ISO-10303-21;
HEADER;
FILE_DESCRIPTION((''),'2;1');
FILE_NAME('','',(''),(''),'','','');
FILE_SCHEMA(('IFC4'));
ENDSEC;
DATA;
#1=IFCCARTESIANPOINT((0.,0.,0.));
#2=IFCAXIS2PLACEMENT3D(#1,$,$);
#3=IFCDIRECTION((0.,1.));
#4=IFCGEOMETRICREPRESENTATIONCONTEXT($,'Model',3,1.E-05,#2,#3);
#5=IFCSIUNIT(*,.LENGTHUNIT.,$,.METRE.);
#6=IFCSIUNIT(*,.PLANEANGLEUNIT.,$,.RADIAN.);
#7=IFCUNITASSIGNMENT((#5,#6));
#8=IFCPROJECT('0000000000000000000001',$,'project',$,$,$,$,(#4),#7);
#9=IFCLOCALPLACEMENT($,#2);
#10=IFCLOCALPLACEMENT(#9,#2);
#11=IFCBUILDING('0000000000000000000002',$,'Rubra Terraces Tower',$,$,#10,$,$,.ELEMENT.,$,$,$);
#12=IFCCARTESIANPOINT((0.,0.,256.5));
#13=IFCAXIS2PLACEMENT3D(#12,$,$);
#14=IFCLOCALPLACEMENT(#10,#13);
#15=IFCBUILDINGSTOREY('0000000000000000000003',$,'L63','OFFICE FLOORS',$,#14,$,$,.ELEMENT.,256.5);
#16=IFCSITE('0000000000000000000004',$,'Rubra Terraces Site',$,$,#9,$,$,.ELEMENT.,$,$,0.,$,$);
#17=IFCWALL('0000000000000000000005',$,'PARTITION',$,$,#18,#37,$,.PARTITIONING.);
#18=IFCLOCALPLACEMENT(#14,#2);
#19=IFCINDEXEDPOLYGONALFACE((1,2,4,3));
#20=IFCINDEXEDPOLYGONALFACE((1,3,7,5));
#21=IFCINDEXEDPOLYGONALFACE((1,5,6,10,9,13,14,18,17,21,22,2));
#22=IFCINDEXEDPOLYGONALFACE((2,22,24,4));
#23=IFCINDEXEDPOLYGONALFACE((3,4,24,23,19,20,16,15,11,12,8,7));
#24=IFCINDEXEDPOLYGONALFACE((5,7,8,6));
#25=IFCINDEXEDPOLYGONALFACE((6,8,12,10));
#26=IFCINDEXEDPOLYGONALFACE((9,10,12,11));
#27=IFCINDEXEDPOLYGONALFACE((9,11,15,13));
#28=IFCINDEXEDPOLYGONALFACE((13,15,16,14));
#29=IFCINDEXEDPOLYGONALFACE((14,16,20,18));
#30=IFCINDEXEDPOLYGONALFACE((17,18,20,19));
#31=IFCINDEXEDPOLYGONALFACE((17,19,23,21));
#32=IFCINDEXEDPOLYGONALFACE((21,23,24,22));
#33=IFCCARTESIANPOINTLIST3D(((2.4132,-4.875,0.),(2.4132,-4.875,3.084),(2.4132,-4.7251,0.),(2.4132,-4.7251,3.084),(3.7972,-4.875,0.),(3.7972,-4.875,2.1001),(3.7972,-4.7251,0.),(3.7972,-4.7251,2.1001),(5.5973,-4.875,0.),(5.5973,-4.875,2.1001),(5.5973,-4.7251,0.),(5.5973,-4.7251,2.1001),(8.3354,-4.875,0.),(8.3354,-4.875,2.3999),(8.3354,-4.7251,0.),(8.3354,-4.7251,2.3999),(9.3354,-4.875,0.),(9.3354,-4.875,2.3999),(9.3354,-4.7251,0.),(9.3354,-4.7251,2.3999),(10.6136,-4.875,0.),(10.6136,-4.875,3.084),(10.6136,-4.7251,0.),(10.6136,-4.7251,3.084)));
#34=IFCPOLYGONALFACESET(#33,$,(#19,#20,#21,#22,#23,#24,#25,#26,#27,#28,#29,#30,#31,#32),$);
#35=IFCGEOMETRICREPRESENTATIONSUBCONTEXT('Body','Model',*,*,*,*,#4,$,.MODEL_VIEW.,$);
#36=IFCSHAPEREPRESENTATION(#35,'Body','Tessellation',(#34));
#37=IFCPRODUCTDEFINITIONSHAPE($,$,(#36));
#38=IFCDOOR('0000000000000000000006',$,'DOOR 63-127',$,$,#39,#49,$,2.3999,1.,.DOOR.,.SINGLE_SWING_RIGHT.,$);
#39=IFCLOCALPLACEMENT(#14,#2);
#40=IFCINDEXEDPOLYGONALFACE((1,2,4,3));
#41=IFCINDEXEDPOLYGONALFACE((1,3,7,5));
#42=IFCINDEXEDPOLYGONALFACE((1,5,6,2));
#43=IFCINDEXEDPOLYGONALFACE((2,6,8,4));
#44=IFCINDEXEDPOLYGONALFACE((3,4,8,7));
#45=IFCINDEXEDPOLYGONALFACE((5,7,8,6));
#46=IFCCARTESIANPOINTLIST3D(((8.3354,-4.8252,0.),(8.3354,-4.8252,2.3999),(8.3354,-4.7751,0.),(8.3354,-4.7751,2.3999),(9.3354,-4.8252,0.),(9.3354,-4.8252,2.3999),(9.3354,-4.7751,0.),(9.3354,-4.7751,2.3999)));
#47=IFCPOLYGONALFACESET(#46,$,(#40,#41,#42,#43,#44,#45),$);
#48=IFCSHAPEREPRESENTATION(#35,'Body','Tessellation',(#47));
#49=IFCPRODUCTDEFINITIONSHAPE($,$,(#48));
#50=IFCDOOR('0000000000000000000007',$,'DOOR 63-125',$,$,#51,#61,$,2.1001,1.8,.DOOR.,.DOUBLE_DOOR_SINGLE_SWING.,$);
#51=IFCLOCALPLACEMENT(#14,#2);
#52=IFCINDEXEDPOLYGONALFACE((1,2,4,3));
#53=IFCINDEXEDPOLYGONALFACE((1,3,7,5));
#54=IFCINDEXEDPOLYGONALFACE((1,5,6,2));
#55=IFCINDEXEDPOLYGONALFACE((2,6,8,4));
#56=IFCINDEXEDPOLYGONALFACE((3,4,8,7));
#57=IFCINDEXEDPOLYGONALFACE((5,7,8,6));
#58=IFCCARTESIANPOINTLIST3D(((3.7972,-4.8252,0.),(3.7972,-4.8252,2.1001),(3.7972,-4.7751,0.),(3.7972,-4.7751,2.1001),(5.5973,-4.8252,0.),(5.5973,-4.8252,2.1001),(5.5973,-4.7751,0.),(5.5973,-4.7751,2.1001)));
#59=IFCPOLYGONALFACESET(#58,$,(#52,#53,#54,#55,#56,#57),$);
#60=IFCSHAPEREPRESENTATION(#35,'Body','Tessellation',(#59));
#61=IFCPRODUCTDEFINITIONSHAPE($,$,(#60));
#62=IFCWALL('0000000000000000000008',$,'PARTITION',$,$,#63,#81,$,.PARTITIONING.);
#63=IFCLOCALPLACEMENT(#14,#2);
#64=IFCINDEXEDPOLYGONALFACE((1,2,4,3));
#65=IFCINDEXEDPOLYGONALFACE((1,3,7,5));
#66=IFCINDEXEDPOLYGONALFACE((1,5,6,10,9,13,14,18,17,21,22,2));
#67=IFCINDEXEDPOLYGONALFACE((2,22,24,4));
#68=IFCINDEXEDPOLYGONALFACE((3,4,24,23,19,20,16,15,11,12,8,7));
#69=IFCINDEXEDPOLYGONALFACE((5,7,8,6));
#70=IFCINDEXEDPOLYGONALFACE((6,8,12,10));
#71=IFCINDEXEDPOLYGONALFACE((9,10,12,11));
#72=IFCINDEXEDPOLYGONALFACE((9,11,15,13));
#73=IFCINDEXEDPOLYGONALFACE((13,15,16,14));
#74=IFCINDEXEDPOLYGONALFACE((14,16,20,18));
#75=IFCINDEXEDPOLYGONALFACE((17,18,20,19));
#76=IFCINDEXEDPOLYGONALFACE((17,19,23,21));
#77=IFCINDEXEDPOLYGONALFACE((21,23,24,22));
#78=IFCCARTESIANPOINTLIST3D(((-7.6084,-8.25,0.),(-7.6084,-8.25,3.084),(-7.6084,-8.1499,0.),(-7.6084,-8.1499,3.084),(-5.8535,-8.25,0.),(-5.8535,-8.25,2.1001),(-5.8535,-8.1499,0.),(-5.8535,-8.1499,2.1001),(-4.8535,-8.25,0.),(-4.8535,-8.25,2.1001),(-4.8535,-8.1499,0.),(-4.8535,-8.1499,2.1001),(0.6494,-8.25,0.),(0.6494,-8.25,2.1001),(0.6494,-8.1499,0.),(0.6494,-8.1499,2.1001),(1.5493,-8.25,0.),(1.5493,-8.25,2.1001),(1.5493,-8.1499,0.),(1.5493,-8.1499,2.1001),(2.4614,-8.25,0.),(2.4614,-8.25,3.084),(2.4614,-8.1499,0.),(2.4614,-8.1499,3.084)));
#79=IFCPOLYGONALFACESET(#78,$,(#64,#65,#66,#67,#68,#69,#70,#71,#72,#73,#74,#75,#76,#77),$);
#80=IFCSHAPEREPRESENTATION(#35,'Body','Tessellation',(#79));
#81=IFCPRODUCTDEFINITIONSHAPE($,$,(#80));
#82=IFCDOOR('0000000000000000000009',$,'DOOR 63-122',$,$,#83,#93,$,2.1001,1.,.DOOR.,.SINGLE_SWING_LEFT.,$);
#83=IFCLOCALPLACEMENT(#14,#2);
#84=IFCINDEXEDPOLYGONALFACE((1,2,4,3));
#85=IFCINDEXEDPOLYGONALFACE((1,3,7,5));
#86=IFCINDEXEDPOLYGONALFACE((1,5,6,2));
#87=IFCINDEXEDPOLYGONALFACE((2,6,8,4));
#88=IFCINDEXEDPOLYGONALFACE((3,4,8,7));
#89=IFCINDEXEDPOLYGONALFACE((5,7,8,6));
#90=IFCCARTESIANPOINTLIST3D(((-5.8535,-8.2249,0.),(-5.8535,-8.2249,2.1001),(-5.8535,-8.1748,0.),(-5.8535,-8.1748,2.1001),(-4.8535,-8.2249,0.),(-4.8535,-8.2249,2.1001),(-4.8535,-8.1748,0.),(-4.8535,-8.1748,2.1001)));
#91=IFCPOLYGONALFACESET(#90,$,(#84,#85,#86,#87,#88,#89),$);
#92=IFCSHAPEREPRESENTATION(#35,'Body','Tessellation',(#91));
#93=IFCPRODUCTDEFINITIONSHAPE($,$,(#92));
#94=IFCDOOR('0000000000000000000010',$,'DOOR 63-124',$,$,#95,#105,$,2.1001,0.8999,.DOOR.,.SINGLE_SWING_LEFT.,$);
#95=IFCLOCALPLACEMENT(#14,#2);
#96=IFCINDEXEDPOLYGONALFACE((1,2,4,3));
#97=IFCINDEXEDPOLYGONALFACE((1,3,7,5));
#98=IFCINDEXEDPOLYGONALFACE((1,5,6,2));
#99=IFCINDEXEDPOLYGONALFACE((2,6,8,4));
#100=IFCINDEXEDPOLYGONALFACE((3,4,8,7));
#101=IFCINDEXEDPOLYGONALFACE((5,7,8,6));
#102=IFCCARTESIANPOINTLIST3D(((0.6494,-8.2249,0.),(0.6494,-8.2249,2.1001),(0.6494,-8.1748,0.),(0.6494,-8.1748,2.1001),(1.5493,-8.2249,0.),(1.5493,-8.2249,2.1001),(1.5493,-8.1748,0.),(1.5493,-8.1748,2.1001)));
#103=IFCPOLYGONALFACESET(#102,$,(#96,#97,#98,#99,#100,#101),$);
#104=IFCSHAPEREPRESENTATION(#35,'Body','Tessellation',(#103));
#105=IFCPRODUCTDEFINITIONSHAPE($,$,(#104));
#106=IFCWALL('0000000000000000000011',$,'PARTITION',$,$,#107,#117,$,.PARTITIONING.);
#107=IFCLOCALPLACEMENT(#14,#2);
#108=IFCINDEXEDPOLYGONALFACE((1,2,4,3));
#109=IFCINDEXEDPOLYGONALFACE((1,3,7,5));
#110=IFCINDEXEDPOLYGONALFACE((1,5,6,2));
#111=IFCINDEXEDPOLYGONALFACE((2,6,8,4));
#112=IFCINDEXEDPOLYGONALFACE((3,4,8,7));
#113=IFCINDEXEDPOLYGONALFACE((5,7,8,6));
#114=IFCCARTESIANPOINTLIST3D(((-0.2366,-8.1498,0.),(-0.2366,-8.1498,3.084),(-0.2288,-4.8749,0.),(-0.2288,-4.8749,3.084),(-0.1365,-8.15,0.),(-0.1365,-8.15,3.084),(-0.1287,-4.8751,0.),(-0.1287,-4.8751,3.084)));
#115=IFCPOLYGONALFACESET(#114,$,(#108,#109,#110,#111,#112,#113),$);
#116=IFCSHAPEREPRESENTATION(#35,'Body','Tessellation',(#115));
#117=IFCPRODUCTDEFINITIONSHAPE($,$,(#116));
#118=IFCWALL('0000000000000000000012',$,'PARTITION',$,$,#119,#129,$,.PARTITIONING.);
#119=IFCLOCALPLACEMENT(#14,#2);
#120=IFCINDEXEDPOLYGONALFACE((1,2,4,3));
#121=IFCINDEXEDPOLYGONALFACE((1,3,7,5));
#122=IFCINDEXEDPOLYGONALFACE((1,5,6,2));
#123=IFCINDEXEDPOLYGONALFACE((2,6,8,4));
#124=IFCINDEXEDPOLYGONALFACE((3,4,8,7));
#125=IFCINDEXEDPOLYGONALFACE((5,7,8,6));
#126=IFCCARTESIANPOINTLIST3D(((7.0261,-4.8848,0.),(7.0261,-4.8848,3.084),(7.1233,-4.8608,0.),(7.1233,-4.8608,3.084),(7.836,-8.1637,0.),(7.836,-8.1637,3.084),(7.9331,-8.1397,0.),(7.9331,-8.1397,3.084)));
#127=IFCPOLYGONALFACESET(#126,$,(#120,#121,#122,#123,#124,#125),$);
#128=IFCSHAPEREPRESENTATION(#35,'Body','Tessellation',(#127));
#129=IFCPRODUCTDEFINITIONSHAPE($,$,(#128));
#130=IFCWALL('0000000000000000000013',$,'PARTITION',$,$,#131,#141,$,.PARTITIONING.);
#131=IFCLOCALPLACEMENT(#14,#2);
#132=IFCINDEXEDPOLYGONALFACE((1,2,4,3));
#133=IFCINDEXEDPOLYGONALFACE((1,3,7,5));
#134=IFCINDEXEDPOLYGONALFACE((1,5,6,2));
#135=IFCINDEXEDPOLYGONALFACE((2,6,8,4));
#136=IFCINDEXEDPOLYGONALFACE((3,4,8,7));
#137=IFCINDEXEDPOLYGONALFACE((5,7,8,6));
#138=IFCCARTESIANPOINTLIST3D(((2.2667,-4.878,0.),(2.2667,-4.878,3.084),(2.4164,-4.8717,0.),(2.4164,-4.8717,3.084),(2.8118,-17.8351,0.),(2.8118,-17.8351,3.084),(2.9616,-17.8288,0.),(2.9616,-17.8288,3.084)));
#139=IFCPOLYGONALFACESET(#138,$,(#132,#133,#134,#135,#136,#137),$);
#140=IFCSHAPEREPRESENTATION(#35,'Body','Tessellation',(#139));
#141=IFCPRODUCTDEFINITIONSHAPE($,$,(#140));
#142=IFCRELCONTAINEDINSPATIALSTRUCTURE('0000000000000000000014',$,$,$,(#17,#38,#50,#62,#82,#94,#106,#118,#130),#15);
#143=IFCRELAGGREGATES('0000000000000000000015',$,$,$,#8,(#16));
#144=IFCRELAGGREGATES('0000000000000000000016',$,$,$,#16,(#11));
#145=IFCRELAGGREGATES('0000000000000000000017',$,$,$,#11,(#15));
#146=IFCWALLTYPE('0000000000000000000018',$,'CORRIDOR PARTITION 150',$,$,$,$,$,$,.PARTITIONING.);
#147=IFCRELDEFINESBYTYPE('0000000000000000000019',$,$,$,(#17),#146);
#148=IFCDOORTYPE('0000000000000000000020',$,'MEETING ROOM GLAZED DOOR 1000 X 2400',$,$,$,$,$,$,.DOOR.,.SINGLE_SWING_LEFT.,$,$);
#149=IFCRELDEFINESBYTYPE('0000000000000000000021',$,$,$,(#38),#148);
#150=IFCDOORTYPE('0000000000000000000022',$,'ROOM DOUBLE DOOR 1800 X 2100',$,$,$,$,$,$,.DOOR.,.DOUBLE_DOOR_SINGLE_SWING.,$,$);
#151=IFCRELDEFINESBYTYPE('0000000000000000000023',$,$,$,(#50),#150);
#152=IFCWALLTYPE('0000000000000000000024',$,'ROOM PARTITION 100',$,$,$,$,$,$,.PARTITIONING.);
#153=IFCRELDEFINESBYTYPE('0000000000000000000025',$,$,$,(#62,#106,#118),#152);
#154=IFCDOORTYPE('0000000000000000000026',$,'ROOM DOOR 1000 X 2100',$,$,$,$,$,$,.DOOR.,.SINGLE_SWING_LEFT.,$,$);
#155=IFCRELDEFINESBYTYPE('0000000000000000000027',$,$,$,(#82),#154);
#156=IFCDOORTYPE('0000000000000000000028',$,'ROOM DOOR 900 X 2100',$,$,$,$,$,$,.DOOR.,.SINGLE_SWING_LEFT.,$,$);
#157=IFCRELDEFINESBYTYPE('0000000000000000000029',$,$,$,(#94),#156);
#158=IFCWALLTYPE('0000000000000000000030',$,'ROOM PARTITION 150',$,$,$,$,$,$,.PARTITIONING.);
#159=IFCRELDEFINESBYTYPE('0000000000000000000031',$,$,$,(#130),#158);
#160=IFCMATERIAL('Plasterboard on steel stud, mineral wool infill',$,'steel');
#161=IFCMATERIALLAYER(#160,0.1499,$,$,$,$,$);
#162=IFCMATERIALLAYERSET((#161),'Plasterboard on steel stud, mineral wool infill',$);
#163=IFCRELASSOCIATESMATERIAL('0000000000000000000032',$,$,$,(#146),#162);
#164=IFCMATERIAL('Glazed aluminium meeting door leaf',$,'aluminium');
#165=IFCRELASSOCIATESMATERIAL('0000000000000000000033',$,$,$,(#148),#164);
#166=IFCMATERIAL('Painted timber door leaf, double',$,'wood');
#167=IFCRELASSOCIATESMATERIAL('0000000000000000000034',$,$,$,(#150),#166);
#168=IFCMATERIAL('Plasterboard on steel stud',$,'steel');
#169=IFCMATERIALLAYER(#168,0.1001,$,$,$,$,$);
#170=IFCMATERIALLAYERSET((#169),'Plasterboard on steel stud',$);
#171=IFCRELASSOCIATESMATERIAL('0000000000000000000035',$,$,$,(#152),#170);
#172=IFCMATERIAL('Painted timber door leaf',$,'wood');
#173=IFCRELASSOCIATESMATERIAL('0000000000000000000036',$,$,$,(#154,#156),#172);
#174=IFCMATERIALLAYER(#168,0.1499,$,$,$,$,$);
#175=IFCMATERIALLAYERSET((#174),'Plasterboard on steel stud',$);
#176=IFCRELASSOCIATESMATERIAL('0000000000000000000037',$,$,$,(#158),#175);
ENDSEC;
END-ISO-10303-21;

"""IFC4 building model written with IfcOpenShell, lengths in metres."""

from ifc_helpers import new_model, si_unit, direction, frame, frame_2d, origin, place, context, subcontext, project, spatial, rectangle, extrude, material, layer, layer_set, type_object, element, fill, save


model = new_model("IFC4")

# Units and contexts
model_context = context("Model", 3, precision=1e-05, world=origin(), true_north=direction((0.0, 1.0)))
body_context = subcontext(model_context, "Body", "Model", "MODEL_VIEW")
ifc_project = project(units=[si_unit("LENGTHUNIT", "METRE"), si_unit("PLANEANGLEUNIT", "RADIAN")], contexts=[model_context])

# Site, building, storey
site_placement = place(None, origin())
site = spatial("IfcSite", under=ifc_project, at=site_placement, Name="Rubra Terraces Site", CompositionType="ELEMENT", RefElevation=0.0)
building_placement = place(site_placement, origin())
building = spatial("IfcBuilding", under=site, at=building_placement, Name="Rubra Terraces Tower", CompositionType="ELEMENT")
storey_placement = place(building_placement, frame((0.0, 0.0, 256.5)))
storey = spatial("IfcBuildingStorey", under=building, at=storey_placement, Name="L63", Description="OFFICE FLOORS", CompositionType="ELEMENT", Elevation=256.5)

# Walls, openings, doors
ifc_material_1 = material(Name="Plasterboard on steel stud, mineral wool infill", Category="steel")
ifc_layer_1 = layer(ifc_material_1, 0.1499)
ifc_layer_set_1 = layer_set([ifc_layer_1], Name="Plasterboard on steel stud, mineral wool infill")
wall_type_1 = type_object("IfcWallType", Name="CORRIDOR PARTITION 150", PredefinedType="PARTITIONING", material=ifc_layer_set_1)
wall_1_placement = place(storey_placement, frame((2.4133, -4.8, 0.0), z_axis=(0.0, 0.0, 1.0), x_axis=(1.0, 0.0, 0.0)))
wall_1 = element("IfcWall", 1, at=wall_1_placement, inside=storey, type_object=wall_type_1, Name="PARTITION", PredefinedType="PARTITIONING", context=body_context, shape_type="SweptSolid", body=[
    extrude(rectangle(XDim=8.2004, YDim=0.1499, at=frame_2d((4.1001, 0.0))), origin(), (0.0, 0.0, 1.0), 3.084),
])
opening_1_placement = place(wall_1_placement, frame((1.384, 0.0, 0.0)))
opening_1 = element("IfcOpeningElement", 2, at=opening_1_placement, cuts=wall_1, PredefinedType="OPENING", context=body_context, shape_type="SweptSolid", body=[
    extrude(rectangle(XDim=1.8, YDim=2.1001, at=frame_2d((0.8999, 1.05))), frame((0.0, 0.085, 0.0), z_axis=(0.0, -1.0, 0.0), x_axis=(1.0, 0.0, 0.0)), (0.0, 0.0, 1.0), 0.1699),
])
opening_2_placement = place(wall_1_placement, frame((5.9221, 0.0, 0.0)))
opening_2 = element("IfcOpeningElement", 3, at=opening_2_placement, cuts=wall_1, PredefinedType="OPENING", context=body_context, shape_type="SweptSolid", body=[
    extrude(rectangle(XDim=1.0, YDim=2.3999, at=frame_2d((0.5, 1.2))), frame((0.0, 0.085, 0.0), z_axis=(0.0, -1.0, 0.0), x_axis=(1.0, 0.0, 0.0)), (0.0, 0.0, 1.0), 0.1699),
])
ifc_material_2 = material(Name="Glazed aluminium meeting door leaf", Category="aluminium")
door_type_1 = type_object("IfcDoorType", Name="MEETING ROOM GLAZED DOOR 1000 X 2400", OperationType="SINGLE_SWING_LEFT", PredefinedType="DOOR", material=ifc_material_2)
door_1_placement = place(opening_2_placement, origin())
door_1 = element("IfcDoor", 4, at=door_1_placement, inside=storey, type_object=door_type_1, Name="DOOR 63-127", OperationType="SINGLE_SWING_RIGHT", OverallHeight=2.3999, OverallWidth=1.0, PredefinedType="DOOR", context=body_context, shape_type="SweptSolid", body=[
    extrude(rectangle(XDim=1.0, YDim=2.3999, at=frame_2d((0.5, 1.2))), frame((0.0, 0.0249, 0.0), z_axis=(0.0, -1.0, 0.0), x_axis=(1.0, 0.0, 0.0)), (0.0, 0.0, 1.0), 0.05),
])
fill(opening_2, door_1)
ifc_material_3 = material(Name="Painted timber door leaf, double", Category="wood")
door_type_2 = type_object("IfcDoorType", Name="ROOM DOUBLE DOOR 1800 X 2100", OperationType="DOUBLE_DOOR_SINGLE_SWING", PredefinedType="DOOR", material=ifc_material_3)
door_2_placement = place(opening_1_placement, origin())
door_2 = element("IfcDoor", 5, at=door_2_placement, inside=storey, type_object=door_type_2, Name="DOOR 63-125", OperationType="DOUBLE_DOOR_SINGLE_SWING", OverallHeight=2.1001, OverallWidth=1.8, PredefinedType="DOOR", context=body_context, shape_type="SweptSolid", body=[
    extrude(rectangle(XDim=1.8, YDim=2.1001, at=frame_2d((0.8999, 1.05))), frame((0.0, 0.0249, 0.0), z_axis=(0.0, -1.0, 0.0), x_axis=(1.0, 0.0, 0.0)), (0.0, 0.0, 1.0), 0.05),
])
fill(opening_1, door_2)
ifc_material_4 = material(Name="Plasterboard on steel stud", Category="steel")
ifc_layer_2 = layer(ifc_material_4, 0.1001)
ifc_layer_set_2 = layer_set([ifc_layer_2], Name="Plasterboard on steel stud")
wall_type_2 = type_object("IfcWallType", Name="ROOM PARTITION 100", PredefinedType="PARTITIONING", material=ifc_layer_set_2)
wall_2_placement = place(storey_placement, frame((2.4614, -8.2, 0.0), z_axis=(0.0, 0.0, 1.0), x_axis=(-1.0, 0.0, 0.0)))
wall_2 = element("IfcWall", 6, at=wall_2_placement, inside=storey, type_object=wall_type_2, Name="PARTITION", PredefinedType="PARTITIONING", context=body_context, shape_type="SweptSolid", body=[
    extrude(rectangle(XDim=10.0698, YDim=0.1001, at=frame_2d((5.0349, 0.0))), origin(), (0.0, 0.0, 1.0), 3.084),
])
opening_3_placement = place(wall_2_placement, frame((7.3149, 0.0, 0.0)))
opening_3 = element("IfcOpeningElement", 7, at=opening_3_placement, cuts=wall_2, PredefinedType="OPENING", context=body_context, shape_type="SweptSolid", body=[
    extrude(rectangle(XDim=1.0, YDim=2.1001, at=frame_2d((0.5, 1.05))), frame((0.0, 0.0601, 0.0), z_axis=(0.0, -1.0, 0.0), x_axis=(1.0, 0.0, 0.0)), (0.0, 0.0, 1.0), 0.1201),
])
opening_4_placement = place(wall_2_placement, frame((0.9121, 0.0, 0.0)))
opening_4 = element("IfcOpeningElement", 8, at=opening_4_placement, cuts=wall_2, PredefinedType="OPENING", context=body_context, shape_type="SweptSolid", body=[
    extrude(rectangle(XDim=0.8999, YDim=2.1001, at=frame_2d((0.45, 1.05))), frame((0.0, 0.0601, 0.0), z_axis=(0.0, -1.0, 0.0), x_axis=(1.0, 0.0, 0.0)), (0.0, 0.0, 1.0), 0.1201),
])
ifc_material_5 = material(Name="Painted timber door leaf", Category="wood")
door_type_3 = type_object("IfcDoorType", Name="ROOM DOOR 1000 X 2100", OperationType="SINGLE_SWING_LEFT", PredefinedType="DOOR", material=ifc_material_5)
door_3_placement = place(opening_3_placement, origin())
door_3 = element("IfcDoor", 9, at=door_3_placement, inside=storey, type_object=door_type_3, Name="DOOR 63-122", OperationType="SINGLE_SWING_LEFT", OverallHeight=2.1001, OverallWidth=1.0, PredefinedType="DOOR", context=body_context, shape_type="SweptSolid", body=[
    extrude(rectangle(XDim=1.0, YDim=2.1001, at=frame_2d((0.5, 1.05))), frame((0.0, 0.0249, 0.0), z_axis=(0.0, -1.0, 0.0), x_axis=(1.0, 0.0, 0.0)), (0.0, 0.0, 1.0), 0.05),
])
fill(opening_3, door_3)
door_type_4 = type_object("IfcDoorType", Name="ROOM DOOR 900 X 2100", OperationType="SINGLE_SWING_LEFT", PredefinedType="DOOR", material=ifc_material_5)
door_4_placement = place(opening_4_placement, origin())
door_4 = element("IfcDoor", 10, at=door_4_placement, inside=storey, type_object=door_type_4, Name="DOOR 63-124", OperationType="SINGLE_SWING_LEFT", OverallHeight=2.1001, OverallWidth=0.8999, PredefinedType="DOOR", context=body_context, shape_type="SweptSolid", body=[
    extrude(rectangle(XDim=0.8999, YDim=2.1001, at=frame_2d((0.45, 1.05))), frame((0.0, 0.0249, 0.0), z_axis=(0.0, -1.0, 0.0), x_axis=(1.0, 0.0, 0.0)), (0.0, 0.0, 1.0), 0.05),
])
fill(opening_4, door_4)

# Walls
wall_3_placement = place(storey_placement, frame((-0.1787, -4.875, 0.0), z_axis=(0.0, 0.0, 1.0), x_axis=(-0.002386, -0.999997, 0.0)))
element("IfcWall", 11, at=wall_3_placement, inside=storey, type_object=wall_type_2, Name="PARTITION", PredefinedType="PARTITIONING", context=body_context, shape_type="SweptSolid", body=[
    extrude(rectangle(XDim=3.2749, YDim=0.1001, at=frame_2d((1.6375, 0.0))), origin(), (0.0, 0.0, 1.0), 3.084),
])
wall_4_placement = place(storey_placement, frame((7.0747, -4.8728, 0.0), z_axis=(0.0, 0.0, 1.0), x_axis=(0.239779, -0.970827, 0.0)))
element("IfcWall", 12, at=wall_4_placement, inside=storey, type_object=wall_type_2, Name="PARTITION", PredefinedType="PARTITIONING", context=body_context, shape_type="SweptSolid", body=[
    extrude(rectangle(XDim=3.3774, YDim=0.1001, at=frame_2d((1.6887, 0.0))), origin(), (0.0, 0.0, 1.0), 3.084),
])
ifc_layer_3 = layer(ifc_material_4, 0.1499)
ifc_layer_set_3 = layer_set([ifc_layer_3], Name="Plasterboard on steel stud")
wall_type_3 = type_object("IfcWallType", Name="ROOM PARTITION 150", PredefinedType="PARTITIONING", material=ifc_layer_set_3)
wall_5_placement = place(storey_placement, frame((2.8867, -17.832, 0.0), z_axis=(0.0, 0.0, 1.0), x_axis=(-0.042038, 0.999116, 0.0)))
element("IfcWall", 13, at=wall_5_placement, inside=storey, type_object=wall_type_3, Name="PARTITION", PredefinedType="PARTITIONING", context=body_context, shape_type="SweptSolid", body=[
    extrude(rectangle(XDim=12.9685, YDim=0.1499, at=frame_2d((6.4844, 0.0))), origin(), (0.0, 0.0, 1.0), 3.084),
])

save(model, "model.ifc")
